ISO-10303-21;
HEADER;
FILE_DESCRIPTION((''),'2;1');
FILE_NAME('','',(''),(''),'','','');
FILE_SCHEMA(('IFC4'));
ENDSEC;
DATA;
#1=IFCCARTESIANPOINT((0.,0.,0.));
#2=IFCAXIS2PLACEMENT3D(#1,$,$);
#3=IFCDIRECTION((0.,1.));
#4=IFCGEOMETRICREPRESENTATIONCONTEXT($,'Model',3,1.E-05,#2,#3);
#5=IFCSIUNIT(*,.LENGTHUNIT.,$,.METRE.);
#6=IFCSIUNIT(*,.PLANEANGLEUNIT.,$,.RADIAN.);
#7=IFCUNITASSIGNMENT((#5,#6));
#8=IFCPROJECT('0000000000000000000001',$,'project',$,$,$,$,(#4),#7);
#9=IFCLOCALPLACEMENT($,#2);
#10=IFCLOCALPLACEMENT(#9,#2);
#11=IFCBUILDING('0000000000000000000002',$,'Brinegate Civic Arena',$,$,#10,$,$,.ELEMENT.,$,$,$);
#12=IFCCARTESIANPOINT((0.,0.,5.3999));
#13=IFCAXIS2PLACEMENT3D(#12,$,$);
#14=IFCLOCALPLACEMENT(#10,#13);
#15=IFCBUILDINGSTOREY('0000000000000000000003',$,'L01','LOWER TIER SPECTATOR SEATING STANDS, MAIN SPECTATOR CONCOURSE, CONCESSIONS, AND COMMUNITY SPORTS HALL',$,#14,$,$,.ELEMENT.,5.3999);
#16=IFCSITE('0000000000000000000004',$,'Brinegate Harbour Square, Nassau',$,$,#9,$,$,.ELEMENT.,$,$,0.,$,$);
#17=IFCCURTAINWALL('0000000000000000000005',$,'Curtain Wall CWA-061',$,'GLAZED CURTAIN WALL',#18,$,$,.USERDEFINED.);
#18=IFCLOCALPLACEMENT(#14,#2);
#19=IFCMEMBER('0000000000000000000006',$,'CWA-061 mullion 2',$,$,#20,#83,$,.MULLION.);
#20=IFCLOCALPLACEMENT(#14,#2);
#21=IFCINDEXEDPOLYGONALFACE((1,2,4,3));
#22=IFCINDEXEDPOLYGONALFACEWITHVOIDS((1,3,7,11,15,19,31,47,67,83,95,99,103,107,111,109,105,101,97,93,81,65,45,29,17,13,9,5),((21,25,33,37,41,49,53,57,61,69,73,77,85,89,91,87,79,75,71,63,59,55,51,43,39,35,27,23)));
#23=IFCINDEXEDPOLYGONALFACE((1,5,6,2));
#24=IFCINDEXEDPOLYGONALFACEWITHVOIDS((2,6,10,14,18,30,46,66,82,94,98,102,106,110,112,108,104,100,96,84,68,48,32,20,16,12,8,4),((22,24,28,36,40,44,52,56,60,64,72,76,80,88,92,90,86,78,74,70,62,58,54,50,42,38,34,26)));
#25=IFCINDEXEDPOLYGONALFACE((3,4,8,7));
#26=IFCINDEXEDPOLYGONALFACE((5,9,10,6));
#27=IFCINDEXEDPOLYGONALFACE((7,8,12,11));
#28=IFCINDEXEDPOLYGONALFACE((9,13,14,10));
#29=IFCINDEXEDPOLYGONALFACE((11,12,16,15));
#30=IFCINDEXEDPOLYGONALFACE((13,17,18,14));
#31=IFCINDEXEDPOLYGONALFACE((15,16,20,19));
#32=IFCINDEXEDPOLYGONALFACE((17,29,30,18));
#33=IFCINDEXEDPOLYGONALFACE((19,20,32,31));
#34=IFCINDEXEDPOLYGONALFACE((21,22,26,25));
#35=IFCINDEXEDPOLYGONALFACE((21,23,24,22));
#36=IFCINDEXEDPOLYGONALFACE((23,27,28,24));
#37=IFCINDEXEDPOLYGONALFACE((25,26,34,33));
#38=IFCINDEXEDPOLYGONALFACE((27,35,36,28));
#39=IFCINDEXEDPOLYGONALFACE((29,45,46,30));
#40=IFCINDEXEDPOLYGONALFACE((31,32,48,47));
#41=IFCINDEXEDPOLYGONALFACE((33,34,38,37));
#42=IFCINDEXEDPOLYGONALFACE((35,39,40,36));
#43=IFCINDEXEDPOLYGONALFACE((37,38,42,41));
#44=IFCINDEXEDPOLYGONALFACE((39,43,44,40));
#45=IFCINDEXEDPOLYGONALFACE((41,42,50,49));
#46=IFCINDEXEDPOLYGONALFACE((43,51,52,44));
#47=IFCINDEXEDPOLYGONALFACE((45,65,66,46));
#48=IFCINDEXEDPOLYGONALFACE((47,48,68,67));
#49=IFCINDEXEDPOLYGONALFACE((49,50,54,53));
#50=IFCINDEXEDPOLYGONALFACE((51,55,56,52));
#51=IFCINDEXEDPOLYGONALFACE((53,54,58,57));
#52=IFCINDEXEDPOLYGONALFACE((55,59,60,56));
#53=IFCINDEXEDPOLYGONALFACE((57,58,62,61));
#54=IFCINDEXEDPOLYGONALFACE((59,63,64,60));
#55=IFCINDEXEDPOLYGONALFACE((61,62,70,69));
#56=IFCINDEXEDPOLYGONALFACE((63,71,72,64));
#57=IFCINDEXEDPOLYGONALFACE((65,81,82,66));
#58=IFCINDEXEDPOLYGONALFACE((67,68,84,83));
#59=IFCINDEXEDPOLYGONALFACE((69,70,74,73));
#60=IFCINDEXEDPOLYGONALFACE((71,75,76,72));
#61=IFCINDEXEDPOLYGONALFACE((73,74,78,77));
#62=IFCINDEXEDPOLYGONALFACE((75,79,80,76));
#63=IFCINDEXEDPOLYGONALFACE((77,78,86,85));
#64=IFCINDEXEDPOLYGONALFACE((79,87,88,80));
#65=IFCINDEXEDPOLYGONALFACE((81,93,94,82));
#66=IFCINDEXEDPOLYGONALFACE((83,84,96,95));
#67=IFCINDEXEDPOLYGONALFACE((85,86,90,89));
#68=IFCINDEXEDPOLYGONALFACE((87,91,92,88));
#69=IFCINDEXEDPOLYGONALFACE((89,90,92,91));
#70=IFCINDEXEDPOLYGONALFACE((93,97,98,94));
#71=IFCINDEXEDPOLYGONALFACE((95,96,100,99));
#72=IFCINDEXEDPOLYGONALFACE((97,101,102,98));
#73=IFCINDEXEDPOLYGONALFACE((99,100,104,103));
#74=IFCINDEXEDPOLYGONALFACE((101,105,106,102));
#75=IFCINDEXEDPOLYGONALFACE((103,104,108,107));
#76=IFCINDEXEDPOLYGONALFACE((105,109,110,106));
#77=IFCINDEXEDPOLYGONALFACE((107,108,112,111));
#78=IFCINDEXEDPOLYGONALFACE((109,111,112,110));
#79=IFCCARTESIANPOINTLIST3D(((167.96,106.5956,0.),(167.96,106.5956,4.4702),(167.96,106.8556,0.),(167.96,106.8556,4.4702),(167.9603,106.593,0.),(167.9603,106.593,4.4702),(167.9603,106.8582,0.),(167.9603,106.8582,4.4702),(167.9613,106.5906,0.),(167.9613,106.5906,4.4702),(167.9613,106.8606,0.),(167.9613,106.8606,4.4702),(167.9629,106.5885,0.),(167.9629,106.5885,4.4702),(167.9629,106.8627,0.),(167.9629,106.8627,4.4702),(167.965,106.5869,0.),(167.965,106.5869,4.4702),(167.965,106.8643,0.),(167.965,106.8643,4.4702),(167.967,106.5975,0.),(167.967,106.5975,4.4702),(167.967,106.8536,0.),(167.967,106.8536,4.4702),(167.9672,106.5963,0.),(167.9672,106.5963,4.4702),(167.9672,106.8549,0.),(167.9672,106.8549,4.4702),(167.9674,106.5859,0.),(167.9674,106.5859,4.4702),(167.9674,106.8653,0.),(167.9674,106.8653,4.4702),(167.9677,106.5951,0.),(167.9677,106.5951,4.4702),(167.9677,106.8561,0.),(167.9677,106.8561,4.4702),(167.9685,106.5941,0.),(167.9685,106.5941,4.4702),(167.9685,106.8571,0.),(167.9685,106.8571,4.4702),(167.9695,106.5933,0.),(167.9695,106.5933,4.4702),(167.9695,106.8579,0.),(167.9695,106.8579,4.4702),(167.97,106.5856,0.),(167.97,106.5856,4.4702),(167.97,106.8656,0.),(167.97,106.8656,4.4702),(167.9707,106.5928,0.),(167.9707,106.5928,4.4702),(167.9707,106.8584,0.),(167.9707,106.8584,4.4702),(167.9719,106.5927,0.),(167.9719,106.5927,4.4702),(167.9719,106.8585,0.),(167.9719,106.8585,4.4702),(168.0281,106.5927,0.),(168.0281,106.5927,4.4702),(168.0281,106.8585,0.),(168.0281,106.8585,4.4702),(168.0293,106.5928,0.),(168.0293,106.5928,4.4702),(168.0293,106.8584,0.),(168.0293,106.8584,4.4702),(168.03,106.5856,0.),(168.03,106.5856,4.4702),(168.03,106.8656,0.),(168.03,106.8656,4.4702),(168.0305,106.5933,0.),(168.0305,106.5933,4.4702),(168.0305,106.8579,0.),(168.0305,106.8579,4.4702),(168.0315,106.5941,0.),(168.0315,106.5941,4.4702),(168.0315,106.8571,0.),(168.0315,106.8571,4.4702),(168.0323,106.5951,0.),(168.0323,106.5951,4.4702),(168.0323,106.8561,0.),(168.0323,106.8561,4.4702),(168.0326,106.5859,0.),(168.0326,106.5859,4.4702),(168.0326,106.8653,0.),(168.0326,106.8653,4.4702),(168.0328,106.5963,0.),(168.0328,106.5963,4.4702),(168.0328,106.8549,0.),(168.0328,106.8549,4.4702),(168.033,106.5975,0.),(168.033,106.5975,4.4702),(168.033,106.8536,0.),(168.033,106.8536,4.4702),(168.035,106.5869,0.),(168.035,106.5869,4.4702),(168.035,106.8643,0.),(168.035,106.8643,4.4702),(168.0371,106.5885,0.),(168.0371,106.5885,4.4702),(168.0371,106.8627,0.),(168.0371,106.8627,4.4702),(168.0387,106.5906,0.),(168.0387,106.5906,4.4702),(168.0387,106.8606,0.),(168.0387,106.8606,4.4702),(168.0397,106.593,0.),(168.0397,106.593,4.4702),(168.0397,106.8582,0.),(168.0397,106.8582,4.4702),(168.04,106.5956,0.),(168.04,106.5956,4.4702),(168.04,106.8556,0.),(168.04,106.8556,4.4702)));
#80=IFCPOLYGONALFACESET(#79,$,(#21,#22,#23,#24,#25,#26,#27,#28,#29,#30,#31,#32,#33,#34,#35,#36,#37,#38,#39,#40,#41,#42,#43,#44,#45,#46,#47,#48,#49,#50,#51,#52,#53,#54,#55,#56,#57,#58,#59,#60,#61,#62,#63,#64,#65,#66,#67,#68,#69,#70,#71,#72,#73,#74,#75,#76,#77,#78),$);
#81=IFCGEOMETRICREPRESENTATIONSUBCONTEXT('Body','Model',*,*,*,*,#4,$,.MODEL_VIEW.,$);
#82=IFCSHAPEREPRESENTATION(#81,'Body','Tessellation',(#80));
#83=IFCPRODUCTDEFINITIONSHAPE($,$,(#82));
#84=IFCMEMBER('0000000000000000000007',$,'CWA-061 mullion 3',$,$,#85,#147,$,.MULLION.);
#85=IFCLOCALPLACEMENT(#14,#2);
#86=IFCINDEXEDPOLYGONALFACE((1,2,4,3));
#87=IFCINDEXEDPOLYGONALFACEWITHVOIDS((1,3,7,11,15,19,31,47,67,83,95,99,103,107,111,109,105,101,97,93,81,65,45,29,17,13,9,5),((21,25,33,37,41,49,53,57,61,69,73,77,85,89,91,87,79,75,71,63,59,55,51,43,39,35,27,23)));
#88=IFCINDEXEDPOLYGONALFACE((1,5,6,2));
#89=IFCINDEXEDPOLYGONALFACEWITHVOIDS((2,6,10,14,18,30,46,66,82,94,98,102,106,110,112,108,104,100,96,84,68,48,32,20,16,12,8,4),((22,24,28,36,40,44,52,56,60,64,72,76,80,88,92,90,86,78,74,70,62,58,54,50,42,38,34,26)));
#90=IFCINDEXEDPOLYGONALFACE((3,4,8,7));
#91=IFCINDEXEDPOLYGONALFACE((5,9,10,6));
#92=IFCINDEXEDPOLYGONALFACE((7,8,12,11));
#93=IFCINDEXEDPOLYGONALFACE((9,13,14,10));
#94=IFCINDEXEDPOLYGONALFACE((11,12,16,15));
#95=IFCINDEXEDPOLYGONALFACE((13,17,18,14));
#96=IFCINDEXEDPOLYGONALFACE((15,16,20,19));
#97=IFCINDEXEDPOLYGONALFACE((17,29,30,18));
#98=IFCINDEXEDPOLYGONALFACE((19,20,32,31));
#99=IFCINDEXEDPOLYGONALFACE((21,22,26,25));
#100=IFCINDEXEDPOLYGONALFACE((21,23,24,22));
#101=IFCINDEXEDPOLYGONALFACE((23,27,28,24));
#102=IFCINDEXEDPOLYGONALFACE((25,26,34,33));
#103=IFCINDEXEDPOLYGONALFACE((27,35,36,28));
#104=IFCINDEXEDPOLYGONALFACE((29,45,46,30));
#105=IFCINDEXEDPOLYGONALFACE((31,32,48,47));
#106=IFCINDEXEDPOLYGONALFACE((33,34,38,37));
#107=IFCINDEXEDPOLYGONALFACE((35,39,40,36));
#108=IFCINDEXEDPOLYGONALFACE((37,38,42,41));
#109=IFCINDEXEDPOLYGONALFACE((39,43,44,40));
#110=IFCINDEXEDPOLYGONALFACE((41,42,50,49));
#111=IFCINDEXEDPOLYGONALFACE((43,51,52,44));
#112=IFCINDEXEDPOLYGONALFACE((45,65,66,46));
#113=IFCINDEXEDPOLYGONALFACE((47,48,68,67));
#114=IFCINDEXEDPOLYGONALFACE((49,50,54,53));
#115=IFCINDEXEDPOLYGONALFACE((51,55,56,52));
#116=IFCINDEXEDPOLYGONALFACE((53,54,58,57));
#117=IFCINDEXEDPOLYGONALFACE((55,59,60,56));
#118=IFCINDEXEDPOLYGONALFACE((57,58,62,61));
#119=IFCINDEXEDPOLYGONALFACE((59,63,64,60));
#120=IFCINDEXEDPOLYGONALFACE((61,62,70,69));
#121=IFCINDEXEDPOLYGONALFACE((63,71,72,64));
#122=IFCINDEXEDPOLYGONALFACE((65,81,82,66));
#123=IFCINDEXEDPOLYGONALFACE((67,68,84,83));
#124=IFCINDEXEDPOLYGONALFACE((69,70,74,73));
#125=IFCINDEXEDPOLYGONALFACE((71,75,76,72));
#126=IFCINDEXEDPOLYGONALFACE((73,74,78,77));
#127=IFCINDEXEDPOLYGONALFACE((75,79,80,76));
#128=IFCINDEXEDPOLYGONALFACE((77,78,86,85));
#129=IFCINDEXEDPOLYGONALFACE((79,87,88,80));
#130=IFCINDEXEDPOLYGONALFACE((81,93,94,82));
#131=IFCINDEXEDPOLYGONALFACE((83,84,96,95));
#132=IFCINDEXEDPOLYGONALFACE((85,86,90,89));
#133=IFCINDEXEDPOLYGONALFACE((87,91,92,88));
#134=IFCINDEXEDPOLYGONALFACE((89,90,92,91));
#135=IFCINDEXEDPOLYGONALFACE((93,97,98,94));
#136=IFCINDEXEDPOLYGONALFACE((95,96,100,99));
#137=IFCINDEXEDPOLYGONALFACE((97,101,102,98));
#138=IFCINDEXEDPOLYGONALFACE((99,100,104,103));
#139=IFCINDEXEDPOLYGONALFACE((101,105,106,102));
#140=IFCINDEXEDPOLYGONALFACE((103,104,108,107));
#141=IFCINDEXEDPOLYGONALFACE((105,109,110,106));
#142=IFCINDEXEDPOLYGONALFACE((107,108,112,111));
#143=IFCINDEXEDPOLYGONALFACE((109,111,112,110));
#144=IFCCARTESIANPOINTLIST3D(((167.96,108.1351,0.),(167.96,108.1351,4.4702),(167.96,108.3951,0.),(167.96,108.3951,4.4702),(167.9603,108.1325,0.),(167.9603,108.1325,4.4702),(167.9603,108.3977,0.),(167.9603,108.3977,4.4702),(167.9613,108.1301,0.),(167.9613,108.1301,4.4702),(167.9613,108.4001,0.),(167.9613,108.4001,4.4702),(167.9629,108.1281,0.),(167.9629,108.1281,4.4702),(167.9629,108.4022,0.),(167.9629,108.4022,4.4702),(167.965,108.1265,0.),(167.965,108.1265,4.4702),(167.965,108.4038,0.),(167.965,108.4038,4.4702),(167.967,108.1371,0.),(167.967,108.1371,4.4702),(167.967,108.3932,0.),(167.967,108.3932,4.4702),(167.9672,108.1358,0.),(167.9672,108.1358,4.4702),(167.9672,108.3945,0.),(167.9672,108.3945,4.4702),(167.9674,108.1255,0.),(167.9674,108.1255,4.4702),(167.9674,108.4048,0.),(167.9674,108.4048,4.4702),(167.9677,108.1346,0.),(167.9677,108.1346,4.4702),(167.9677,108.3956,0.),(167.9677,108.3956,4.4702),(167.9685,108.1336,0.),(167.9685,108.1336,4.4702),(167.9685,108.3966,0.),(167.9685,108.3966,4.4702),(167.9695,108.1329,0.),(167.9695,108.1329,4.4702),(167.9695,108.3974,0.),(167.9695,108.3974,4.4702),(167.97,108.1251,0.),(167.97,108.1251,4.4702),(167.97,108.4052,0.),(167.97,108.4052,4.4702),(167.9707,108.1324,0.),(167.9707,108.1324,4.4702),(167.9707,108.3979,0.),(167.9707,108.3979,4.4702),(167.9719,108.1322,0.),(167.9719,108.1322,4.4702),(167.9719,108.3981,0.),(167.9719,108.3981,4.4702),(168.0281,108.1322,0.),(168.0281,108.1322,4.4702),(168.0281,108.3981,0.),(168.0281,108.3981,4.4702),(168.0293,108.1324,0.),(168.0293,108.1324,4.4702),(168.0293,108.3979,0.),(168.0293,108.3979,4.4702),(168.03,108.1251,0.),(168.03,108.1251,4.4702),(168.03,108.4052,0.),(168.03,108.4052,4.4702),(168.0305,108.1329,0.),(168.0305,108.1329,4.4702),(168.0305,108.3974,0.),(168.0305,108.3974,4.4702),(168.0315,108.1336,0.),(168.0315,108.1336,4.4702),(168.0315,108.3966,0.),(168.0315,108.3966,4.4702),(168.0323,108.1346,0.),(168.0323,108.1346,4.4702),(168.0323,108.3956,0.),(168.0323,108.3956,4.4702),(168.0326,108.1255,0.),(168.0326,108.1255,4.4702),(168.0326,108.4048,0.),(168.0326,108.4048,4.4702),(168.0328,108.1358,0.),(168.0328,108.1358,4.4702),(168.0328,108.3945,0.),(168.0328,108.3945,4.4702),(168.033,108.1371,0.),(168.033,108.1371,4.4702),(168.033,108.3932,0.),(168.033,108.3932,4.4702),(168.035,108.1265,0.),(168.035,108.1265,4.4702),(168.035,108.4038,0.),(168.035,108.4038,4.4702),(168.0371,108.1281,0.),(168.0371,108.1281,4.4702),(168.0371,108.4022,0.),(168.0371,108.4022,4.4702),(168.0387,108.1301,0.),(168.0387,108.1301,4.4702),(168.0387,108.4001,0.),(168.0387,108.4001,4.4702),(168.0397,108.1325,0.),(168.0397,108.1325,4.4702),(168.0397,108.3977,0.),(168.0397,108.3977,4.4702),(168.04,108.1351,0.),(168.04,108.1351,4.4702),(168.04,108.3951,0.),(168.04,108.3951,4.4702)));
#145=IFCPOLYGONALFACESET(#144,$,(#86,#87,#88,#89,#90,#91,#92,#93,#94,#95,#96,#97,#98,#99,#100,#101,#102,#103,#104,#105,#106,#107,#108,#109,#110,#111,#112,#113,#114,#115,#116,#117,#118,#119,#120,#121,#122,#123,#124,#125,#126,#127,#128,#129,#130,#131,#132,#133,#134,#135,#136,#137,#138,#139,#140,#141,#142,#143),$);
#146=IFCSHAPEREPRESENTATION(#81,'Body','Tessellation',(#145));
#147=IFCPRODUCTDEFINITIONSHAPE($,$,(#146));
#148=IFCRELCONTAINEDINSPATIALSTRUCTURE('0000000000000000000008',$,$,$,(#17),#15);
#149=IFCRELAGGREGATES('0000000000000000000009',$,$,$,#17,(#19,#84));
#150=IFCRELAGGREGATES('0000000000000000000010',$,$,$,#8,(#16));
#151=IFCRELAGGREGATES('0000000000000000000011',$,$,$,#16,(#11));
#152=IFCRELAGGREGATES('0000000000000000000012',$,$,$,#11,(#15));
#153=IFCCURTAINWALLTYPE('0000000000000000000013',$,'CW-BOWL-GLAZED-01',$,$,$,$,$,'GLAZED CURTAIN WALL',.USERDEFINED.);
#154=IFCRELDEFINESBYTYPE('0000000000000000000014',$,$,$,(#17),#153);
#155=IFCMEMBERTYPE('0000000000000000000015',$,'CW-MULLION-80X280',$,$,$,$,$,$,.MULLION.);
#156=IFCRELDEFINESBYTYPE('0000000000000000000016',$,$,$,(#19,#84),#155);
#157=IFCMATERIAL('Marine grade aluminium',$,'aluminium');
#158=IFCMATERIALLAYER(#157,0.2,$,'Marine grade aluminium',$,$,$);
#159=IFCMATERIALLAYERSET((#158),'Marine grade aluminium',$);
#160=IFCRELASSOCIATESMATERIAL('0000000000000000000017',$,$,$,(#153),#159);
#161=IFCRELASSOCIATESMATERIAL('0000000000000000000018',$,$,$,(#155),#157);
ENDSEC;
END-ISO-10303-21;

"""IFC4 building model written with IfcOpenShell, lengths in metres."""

from ifc_helpers import new_model, si_unit, direction, frame, origin, origin_2d, place, context, subcontext, project, spatial, hollow_rectangle, extrude, material, layer, layer_set, material_profile, profile_set, type_object, element, aggregate, save


model = new_model("IFC4")

# Units and contexts
model_context = context("Model", 3, precision=1e-05, world=origin(), true_north=direction((0.0, 1.0)))
body_context = subcontext(model_context, "Body", "Model", "MODEL_VIEW")
ifc_project = project(units=[si_unit("LENGTHUNIT", "METRE"), si_unit("PLANEANGLEUNIT", "RADIAN")], contexts=[model_context])

# Site, building, storey
site_placement = place(None, origin())
site = spatial("IfcSite", under=ifc_project, at=site_placement, Name="Brinegate Harbour Square, Nassau", CompositionType="ELEMENT", RefElevation=0.0)
building_placement = place(site_placement, origin())
building = spatial("IfcBuilding", under=site, at=building_placement, Name="Brinegate Civic Arena", CompositionType="ELEMENT")
storey_placement = place(building_placement, frame((0.0, 0.0, 5.3999)))
storey = spatial("IfcBuildingStorey", under=building, at=storey_placement, Name="L01", Description="LOWER TIER SPECTATOR SEATING STANDS, MAIN SPECTATOR CONCOURSE, CONCESSIONS, AND COMMUNITY SPORTS HALL", CompositionType="ELEMENT", Elevation=5.3999)

# Shared definitions
ifc_material_1 = material(Name="Marine grade aluminium", Category="aluminium")
ifc_layer_1 = layer(ifc_material_1, 0.2, Name="Marine grade aluminium")
ifc_layer_set_1 = layer_set([ifc_layer_1], Name="Marine grade aluminium")
curtain_wall_type = type_object("IfcCurtainWallType", Name="CW-BOWL-GLAZED-01", ElementType="GLAZED CURTAIN WALL", PredefinedType="USERDEFINED", material=ifc_layer_set_1)

# Curtain wall, members
curtain_wall_1_placement = place(storey_placement, origin())
curtain_wall_1 = element("IfcCurtainWall", 1, at=curtain_wall_1_placement, inside=storey, type_object=curtain_wall_type, Name="Curtain Wall CWA-061", ObjectType="GLAZED CURTAIN WALL", PredefinedType="USERDEFINED")
ifc_material_profile_1 = material_profile(ifc_material_1, hollow_rectangle(XDim=0.0801, YDim=0.28, WallThickness=0.0071, InnerFilletRadius=0.0049, OuterFilletRadius=0.01, at=origin_2d()), Name="MUL80X280")
ifc_profile_set_1 = profile_set([ifc_material_profile_1], Name="Marine grade aluminium")
member_type_1 = type_object("IfcMemberType", Name="CW-MULLION-80X280", PredefinedType="MULLION", material=ifc_profile_set_1)
member_1_placement = place(storey_placement, frame((168.0, 106.7256, 0.0), z_axis=(0.0, 0.0, 1.0), x_axis=(-1.0, 0.0, 0.0)))
member_1 = element("IfcMember", 2, at=member_1_placement, type_object=member_type_1, Name="CWA-061 mullion 2", PredefinedType="MULLION", context=body_context, shape_type="SweptSolid", body=[
    extrude(hollow_rectangle(XDim=0.0801, YDim=0.28, WallThickness=0.0071, InnerFilletRadius=0.0049, OuterFilletRadius=0.01, at=origin_2d()), origin(), (0.0, 0.0, 1.0), 4.4702),
])
member_2_placement = place(storey_placement, frame((168.0, 108.2651, 0.0), z_axis=(0.0, 0.0, 1.0), x_axis=(-1.0, 0.0, 0.0)))
member_2 = element("IfcMember", 3, at=member_2_placement, type_object=member_type_1, Name="CWA-061 mullion 3", PredefinedType="MULLION", context=body_context, shape_type="SweptSolid", body=[
    extrude(hollow_rectangle(XDim=0.0801, YDim=0.28, WallThickness=0.0071, InnerFilletRadius=0.0049, OuterFilletRadius=0.01, at=origin_2d()), origin(), (0.0, 0.0, 1.0), 4.4702),
])

aggregate(curtain_wall_1, [member_1, member_2])

save(model, "model.ifc")
